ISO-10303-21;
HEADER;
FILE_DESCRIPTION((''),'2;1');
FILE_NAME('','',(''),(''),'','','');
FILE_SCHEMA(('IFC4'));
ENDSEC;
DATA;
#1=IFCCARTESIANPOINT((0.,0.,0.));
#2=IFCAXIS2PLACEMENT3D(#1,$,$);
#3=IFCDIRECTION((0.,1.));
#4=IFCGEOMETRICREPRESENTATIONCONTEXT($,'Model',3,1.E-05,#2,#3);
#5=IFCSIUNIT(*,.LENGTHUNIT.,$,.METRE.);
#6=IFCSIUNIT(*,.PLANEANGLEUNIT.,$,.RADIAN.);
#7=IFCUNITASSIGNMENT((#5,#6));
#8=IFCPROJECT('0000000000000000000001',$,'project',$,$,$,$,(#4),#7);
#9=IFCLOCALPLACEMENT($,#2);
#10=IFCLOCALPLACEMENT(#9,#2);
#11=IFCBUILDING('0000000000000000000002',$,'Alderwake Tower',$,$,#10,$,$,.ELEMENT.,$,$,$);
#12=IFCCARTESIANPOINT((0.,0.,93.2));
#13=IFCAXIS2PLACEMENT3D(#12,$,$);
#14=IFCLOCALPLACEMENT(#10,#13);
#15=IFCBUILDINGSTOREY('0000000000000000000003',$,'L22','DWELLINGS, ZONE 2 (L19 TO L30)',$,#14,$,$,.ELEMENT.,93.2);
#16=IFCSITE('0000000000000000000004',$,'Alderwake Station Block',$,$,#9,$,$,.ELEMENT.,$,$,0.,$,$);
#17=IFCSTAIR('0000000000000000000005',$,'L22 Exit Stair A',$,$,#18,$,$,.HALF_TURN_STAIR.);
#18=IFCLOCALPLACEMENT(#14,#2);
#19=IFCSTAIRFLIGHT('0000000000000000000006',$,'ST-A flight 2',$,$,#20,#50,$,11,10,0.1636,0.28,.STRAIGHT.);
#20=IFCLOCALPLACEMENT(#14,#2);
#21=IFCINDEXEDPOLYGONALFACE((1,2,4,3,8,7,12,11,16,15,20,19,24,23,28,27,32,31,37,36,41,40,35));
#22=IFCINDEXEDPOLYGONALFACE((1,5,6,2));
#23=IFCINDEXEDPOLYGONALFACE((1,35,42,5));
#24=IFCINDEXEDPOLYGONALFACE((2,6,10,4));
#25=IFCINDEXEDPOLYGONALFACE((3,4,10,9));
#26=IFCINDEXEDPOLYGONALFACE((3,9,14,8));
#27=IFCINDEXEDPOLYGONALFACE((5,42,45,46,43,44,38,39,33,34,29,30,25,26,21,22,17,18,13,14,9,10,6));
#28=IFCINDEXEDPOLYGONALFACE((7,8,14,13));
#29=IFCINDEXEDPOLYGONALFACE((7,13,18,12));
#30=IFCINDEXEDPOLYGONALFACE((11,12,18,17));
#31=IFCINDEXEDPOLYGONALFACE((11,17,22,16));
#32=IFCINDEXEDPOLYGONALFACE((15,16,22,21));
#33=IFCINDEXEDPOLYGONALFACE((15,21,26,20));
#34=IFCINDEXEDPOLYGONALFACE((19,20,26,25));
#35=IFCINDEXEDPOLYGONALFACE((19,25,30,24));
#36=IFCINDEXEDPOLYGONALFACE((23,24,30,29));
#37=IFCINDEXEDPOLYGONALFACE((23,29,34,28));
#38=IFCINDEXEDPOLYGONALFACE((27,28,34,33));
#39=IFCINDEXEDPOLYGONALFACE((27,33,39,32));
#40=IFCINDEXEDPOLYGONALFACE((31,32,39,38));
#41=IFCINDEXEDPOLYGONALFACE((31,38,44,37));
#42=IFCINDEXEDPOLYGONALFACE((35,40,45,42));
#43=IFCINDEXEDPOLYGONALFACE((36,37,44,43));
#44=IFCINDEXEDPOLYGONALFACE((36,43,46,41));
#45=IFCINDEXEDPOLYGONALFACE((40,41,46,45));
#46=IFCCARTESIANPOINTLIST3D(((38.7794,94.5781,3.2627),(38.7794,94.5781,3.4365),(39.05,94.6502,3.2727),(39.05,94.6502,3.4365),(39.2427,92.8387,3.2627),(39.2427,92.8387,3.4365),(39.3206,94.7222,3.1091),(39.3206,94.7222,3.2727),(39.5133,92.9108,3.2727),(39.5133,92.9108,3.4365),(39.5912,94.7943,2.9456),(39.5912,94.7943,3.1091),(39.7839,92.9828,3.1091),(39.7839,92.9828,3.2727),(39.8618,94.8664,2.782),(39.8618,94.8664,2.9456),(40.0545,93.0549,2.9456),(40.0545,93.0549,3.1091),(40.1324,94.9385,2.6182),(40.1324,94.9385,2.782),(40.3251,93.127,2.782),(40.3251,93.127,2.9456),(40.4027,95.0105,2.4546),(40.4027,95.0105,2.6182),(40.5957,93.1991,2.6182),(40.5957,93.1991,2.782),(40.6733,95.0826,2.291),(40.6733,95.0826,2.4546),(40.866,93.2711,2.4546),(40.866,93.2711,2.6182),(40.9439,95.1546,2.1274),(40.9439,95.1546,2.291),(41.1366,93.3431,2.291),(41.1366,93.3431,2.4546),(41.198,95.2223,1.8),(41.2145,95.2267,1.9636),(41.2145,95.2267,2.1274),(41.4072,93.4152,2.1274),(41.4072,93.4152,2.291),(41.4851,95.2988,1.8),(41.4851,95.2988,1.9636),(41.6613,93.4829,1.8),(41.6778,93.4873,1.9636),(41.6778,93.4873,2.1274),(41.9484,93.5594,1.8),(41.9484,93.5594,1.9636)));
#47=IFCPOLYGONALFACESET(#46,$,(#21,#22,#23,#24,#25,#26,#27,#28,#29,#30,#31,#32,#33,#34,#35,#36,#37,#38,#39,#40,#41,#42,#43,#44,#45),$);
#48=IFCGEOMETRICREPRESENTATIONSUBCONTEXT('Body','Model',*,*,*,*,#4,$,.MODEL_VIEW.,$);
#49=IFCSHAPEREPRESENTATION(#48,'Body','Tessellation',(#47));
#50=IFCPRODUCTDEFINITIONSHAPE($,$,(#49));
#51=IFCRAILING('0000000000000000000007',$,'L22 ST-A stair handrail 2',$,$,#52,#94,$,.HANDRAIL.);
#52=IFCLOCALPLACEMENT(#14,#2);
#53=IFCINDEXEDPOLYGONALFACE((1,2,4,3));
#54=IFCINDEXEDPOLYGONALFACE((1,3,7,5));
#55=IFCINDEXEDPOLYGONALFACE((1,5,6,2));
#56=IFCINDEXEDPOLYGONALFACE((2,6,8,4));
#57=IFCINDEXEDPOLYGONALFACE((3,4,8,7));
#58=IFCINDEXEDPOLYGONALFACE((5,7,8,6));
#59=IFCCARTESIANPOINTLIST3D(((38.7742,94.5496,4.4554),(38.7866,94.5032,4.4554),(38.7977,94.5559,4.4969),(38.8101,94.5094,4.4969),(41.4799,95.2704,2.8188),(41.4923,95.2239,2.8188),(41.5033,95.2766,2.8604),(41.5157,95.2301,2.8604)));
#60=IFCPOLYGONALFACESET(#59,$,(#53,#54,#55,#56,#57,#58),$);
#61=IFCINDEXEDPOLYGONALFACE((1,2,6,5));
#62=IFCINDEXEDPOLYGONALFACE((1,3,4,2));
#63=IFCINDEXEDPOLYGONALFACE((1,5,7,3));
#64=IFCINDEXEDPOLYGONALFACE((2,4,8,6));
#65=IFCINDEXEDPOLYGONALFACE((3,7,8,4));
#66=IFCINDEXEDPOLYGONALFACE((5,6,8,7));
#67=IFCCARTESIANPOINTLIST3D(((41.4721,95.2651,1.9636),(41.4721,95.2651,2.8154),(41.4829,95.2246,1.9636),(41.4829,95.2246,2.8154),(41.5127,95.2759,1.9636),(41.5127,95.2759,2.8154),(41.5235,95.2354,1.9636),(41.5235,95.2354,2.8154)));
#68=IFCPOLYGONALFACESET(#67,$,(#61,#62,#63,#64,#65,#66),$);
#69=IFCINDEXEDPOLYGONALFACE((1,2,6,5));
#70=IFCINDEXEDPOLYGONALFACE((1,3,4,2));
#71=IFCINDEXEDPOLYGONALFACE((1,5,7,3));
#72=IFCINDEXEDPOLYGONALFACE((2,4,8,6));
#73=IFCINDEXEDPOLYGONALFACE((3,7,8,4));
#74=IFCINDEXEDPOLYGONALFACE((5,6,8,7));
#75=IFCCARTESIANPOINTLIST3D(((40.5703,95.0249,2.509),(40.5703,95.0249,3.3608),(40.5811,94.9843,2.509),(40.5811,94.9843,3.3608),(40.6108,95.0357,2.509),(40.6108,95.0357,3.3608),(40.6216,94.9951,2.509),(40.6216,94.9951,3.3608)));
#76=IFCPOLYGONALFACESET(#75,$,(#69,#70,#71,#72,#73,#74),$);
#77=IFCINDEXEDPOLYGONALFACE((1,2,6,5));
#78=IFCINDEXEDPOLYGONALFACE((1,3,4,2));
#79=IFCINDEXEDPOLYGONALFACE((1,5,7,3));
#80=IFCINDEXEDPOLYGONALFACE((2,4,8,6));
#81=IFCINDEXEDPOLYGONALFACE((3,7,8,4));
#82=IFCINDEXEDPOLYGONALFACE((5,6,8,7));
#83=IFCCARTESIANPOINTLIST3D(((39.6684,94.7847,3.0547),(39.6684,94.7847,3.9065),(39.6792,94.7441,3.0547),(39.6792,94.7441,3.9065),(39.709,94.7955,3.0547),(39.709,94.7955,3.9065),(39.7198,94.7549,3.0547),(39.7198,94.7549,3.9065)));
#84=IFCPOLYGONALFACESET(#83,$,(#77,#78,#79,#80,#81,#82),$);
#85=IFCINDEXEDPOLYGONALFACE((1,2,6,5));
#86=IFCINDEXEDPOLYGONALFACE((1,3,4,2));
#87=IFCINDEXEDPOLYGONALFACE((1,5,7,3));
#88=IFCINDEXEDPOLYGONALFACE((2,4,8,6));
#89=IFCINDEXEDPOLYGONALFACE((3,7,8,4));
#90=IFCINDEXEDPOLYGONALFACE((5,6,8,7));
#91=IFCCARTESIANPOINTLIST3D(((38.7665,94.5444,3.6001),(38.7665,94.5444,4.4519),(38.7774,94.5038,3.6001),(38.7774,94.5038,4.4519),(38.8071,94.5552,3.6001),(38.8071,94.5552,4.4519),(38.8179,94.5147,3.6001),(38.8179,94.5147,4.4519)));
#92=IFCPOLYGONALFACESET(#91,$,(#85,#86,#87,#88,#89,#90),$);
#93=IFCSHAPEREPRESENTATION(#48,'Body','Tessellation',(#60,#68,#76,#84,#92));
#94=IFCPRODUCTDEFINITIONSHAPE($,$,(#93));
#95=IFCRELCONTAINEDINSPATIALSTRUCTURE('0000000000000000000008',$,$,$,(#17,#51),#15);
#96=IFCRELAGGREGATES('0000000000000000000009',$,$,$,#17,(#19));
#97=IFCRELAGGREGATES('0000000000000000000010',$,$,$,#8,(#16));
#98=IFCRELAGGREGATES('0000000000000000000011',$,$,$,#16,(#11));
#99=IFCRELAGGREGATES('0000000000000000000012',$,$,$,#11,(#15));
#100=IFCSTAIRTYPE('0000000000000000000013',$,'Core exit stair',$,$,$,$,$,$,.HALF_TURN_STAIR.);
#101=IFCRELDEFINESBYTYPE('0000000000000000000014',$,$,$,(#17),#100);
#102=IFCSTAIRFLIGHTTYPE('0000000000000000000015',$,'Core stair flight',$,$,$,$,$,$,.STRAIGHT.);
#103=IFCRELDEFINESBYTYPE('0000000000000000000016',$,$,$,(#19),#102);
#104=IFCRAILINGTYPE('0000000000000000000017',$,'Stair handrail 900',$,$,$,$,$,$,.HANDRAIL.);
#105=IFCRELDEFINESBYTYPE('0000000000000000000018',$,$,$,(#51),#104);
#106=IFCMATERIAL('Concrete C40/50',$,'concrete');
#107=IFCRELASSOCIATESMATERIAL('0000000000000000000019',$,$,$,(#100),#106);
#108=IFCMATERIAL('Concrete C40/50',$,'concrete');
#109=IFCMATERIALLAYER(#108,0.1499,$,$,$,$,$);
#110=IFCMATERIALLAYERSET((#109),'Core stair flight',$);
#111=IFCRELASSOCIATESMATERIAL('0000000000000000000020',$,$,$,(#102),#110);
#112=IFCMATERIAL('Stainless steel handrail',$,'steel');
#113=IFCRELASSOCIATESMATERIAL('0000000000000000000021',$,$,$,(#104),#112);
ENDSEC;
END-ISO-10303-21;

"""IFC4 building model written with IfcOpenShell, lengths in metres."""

from ifc_helpers import new_model, si_unit, direction, frame, origin, origin_2d, place, context, subcontext, project, spatial, polyline, rectangle, outline, extrude, material, layer, layer_set, type_object, element, aggregate, save


model = new_model("IFC4")

# Units and contexts
model_context = context("Model", 3, precision=1e-05, world=origin(), true_north=direction((0.0, 1.0)))
body_context = subcontext(model_context, "Body", "Model", "MODEL_VIEW")
ifc_project = project(units=[si_unit("LENGTHUNIT", "METRE"), si_unit("PLANEANGLEUNIT", "RADIAN")], contexts=[model_context])

# Site, building, storey
site_placement = place(None, origin())
site = spatial("IfcSite", under=ifc_project, at=site_placement, Name="Alderwake Station Block", CompositionType="ELEMENT", RefElevation=0.0)
building_placement = place(site_placement, origin())
building = spatial("IfcBuilding", under=site, at=building_placement, Name="Alderwake Tower", CompositionType="ELEMENT")
storey_placement = place(building_placement, frame((0.0, 0.0, 93.2)))
storey = spatial("IfcBuildingStorey", under=building, at=storey_placement, Name="L22", Description="DWELLINGS, ZONE 2 (L19 TO L30)", CompositionType="ELEMENT", Elevation=93.2)

# Stair, stair flight
ifc_material_1 = material(Name="Concrete C40/50", Category="concrete")
stair_type = type_object("IfcStairType", Name="Core exit stair", PredefinedType="HALF_TURN_STAIR", material=ifc_material_1)
stair_placement = place(storey_placement, origin())
stair = element("IfcStair", 1, at=stair_placement, inside=storey, type_object=stair_type, Name="L22 Exit Stair A", PredefinedType="HALF_TURN_STAIR")
ifc_material_2 = material(Name="Concrete C40/50", Category="concrete")
ifc_layer_1 = layer(ifc_material_2, 0.1499)
ifc_layer_set_1 = layer_set([ifc_layer_1], Name="Core stair flight")
stair_flight_type = type_object("IfcStairFlightType", Name="Core stair flight", PredefinedType="STRAIGHT", material=ifc_layer_set_1)
stair_flight_placement = place(storey_placement, frame((41.7168, 94.429, 1.8), z_axis=(0.0, 0.0, 1.0), x_axis=(-0.96631, -0.257382, 0.0)))
stair_flight = element("IfcStairFlight", 2, at=stair_flight_placement, type_object=stair_flight_type, Name="ST-A flight 2", NumberOfRisers=11, NumberOfTreads=10, PredefinedType="STRAIGHT", RiserHeight=0.1636, TreadLength=0.28, context=body_context, shape_type="SweptSolid", body=[
    extrude(outline(polyline([(0.0, 0.0), (0.0, 0.1636), (0.28, 0.1636), (0.28, 0.3274), (0.5601, 0.3274), (0.5601, 0.491), (0.8401, 0.491), (0.8401, 0.6545), (1.1201, 0.6545), (1.1201, 0.8181), (1.3999, 0.8181), (1.3999, 0.9819), (1.6799, 0.9819), (1.6799, 1.1455), (1.96, 1.1455), (1.96, 1.3091), (2.24, 1.3091), (2.24, 1.4727), (2.52, 1.4727), (2.52, 1.6365), (2.8, 1.6365), (2.8, 1.8), (2.8, 1.4626), (0.2971, 0.0), (0.0, 0.0)])), frame((0.0, 0.8999, 0.0), z_axis=(0.0, -1.0, 0.0), x_axis=(1.0, 0.0, 0.0)), (0.0, 0.0, 1.0), 1.8),
])
aggregate(stair, [stair_flight])

# Railing
ifc_material_3 = material(Name="Stainless steel handrail", Category="steel")
railing_type = type_object("IfcRailingType", Name="Stair handrail 900", PredefinedType="HANDRAIL", material=ifc_material_3)
railing_placement = place(storey_placement, frame((41.4978, 95.2502, 1.9636)))
element("IfcRailing", 3, at=railing_placement, inside=storey, type_object=railing_type, Name="L22 ST-A stair handrail 2", PredefinedType="HANDRAIL", context=body_context, shape_type="SweptSolid", body=[
    extrude(rectangle(XDim=0.0481, YDim=0.0481, at=origin_2d()), frame((0.0, 0.0, 0.876), z_axis=(-0.834259, -0.222228, 0.504605), x_axis=(0.257402, -0.966304, 0.0)), (0.0, 0.0, 1.0), 3.2432),
    extrude(rectangle(XDim=0.042, YDim=0.042, at=origin_2d()), frame((0.0, 0.0, 0.0), z_axis=(0.0, 0.0, 1.0), x_axis=(-0.966304, -0.257402, 0.0)), (0.0, 0.0, 1.0), 0.8518),
    extrude(rectangle(XDim=0.042, YDim=0.042, at=origin_2d()), frame((-0.9019, -0.2402, 0.5454), z_axis=(0.0, 0.0, 1.0), x_axis=(-0.966304, -0.257402, 0.0)), (0.0, 0.0, 1.0), 0.8518),
    extrude(rectangle(XDim=0.042, YDim=0.042, at=origin_2d()), frame((-1.8037, -0.4805, 1.0911), z_axis=(0.0, 0.0, 1.0), x_axis=(-0.966304, -0.257402, 0.0)), (0.0, 0.0, 1.0), 0.8518),
    extrude(rectangle(XDim=0.042, YDim=0.042, at=origin_2d()), frame((-2.7056, -0.7207, 1.6365), z_axis=(0.0, 0.0, 1.0), x_axis=(-0.966304, -0.257402, 0.0)), (0.0, 0.0, 1.0), 0.8518),
])

save(model, "model.ifc")
